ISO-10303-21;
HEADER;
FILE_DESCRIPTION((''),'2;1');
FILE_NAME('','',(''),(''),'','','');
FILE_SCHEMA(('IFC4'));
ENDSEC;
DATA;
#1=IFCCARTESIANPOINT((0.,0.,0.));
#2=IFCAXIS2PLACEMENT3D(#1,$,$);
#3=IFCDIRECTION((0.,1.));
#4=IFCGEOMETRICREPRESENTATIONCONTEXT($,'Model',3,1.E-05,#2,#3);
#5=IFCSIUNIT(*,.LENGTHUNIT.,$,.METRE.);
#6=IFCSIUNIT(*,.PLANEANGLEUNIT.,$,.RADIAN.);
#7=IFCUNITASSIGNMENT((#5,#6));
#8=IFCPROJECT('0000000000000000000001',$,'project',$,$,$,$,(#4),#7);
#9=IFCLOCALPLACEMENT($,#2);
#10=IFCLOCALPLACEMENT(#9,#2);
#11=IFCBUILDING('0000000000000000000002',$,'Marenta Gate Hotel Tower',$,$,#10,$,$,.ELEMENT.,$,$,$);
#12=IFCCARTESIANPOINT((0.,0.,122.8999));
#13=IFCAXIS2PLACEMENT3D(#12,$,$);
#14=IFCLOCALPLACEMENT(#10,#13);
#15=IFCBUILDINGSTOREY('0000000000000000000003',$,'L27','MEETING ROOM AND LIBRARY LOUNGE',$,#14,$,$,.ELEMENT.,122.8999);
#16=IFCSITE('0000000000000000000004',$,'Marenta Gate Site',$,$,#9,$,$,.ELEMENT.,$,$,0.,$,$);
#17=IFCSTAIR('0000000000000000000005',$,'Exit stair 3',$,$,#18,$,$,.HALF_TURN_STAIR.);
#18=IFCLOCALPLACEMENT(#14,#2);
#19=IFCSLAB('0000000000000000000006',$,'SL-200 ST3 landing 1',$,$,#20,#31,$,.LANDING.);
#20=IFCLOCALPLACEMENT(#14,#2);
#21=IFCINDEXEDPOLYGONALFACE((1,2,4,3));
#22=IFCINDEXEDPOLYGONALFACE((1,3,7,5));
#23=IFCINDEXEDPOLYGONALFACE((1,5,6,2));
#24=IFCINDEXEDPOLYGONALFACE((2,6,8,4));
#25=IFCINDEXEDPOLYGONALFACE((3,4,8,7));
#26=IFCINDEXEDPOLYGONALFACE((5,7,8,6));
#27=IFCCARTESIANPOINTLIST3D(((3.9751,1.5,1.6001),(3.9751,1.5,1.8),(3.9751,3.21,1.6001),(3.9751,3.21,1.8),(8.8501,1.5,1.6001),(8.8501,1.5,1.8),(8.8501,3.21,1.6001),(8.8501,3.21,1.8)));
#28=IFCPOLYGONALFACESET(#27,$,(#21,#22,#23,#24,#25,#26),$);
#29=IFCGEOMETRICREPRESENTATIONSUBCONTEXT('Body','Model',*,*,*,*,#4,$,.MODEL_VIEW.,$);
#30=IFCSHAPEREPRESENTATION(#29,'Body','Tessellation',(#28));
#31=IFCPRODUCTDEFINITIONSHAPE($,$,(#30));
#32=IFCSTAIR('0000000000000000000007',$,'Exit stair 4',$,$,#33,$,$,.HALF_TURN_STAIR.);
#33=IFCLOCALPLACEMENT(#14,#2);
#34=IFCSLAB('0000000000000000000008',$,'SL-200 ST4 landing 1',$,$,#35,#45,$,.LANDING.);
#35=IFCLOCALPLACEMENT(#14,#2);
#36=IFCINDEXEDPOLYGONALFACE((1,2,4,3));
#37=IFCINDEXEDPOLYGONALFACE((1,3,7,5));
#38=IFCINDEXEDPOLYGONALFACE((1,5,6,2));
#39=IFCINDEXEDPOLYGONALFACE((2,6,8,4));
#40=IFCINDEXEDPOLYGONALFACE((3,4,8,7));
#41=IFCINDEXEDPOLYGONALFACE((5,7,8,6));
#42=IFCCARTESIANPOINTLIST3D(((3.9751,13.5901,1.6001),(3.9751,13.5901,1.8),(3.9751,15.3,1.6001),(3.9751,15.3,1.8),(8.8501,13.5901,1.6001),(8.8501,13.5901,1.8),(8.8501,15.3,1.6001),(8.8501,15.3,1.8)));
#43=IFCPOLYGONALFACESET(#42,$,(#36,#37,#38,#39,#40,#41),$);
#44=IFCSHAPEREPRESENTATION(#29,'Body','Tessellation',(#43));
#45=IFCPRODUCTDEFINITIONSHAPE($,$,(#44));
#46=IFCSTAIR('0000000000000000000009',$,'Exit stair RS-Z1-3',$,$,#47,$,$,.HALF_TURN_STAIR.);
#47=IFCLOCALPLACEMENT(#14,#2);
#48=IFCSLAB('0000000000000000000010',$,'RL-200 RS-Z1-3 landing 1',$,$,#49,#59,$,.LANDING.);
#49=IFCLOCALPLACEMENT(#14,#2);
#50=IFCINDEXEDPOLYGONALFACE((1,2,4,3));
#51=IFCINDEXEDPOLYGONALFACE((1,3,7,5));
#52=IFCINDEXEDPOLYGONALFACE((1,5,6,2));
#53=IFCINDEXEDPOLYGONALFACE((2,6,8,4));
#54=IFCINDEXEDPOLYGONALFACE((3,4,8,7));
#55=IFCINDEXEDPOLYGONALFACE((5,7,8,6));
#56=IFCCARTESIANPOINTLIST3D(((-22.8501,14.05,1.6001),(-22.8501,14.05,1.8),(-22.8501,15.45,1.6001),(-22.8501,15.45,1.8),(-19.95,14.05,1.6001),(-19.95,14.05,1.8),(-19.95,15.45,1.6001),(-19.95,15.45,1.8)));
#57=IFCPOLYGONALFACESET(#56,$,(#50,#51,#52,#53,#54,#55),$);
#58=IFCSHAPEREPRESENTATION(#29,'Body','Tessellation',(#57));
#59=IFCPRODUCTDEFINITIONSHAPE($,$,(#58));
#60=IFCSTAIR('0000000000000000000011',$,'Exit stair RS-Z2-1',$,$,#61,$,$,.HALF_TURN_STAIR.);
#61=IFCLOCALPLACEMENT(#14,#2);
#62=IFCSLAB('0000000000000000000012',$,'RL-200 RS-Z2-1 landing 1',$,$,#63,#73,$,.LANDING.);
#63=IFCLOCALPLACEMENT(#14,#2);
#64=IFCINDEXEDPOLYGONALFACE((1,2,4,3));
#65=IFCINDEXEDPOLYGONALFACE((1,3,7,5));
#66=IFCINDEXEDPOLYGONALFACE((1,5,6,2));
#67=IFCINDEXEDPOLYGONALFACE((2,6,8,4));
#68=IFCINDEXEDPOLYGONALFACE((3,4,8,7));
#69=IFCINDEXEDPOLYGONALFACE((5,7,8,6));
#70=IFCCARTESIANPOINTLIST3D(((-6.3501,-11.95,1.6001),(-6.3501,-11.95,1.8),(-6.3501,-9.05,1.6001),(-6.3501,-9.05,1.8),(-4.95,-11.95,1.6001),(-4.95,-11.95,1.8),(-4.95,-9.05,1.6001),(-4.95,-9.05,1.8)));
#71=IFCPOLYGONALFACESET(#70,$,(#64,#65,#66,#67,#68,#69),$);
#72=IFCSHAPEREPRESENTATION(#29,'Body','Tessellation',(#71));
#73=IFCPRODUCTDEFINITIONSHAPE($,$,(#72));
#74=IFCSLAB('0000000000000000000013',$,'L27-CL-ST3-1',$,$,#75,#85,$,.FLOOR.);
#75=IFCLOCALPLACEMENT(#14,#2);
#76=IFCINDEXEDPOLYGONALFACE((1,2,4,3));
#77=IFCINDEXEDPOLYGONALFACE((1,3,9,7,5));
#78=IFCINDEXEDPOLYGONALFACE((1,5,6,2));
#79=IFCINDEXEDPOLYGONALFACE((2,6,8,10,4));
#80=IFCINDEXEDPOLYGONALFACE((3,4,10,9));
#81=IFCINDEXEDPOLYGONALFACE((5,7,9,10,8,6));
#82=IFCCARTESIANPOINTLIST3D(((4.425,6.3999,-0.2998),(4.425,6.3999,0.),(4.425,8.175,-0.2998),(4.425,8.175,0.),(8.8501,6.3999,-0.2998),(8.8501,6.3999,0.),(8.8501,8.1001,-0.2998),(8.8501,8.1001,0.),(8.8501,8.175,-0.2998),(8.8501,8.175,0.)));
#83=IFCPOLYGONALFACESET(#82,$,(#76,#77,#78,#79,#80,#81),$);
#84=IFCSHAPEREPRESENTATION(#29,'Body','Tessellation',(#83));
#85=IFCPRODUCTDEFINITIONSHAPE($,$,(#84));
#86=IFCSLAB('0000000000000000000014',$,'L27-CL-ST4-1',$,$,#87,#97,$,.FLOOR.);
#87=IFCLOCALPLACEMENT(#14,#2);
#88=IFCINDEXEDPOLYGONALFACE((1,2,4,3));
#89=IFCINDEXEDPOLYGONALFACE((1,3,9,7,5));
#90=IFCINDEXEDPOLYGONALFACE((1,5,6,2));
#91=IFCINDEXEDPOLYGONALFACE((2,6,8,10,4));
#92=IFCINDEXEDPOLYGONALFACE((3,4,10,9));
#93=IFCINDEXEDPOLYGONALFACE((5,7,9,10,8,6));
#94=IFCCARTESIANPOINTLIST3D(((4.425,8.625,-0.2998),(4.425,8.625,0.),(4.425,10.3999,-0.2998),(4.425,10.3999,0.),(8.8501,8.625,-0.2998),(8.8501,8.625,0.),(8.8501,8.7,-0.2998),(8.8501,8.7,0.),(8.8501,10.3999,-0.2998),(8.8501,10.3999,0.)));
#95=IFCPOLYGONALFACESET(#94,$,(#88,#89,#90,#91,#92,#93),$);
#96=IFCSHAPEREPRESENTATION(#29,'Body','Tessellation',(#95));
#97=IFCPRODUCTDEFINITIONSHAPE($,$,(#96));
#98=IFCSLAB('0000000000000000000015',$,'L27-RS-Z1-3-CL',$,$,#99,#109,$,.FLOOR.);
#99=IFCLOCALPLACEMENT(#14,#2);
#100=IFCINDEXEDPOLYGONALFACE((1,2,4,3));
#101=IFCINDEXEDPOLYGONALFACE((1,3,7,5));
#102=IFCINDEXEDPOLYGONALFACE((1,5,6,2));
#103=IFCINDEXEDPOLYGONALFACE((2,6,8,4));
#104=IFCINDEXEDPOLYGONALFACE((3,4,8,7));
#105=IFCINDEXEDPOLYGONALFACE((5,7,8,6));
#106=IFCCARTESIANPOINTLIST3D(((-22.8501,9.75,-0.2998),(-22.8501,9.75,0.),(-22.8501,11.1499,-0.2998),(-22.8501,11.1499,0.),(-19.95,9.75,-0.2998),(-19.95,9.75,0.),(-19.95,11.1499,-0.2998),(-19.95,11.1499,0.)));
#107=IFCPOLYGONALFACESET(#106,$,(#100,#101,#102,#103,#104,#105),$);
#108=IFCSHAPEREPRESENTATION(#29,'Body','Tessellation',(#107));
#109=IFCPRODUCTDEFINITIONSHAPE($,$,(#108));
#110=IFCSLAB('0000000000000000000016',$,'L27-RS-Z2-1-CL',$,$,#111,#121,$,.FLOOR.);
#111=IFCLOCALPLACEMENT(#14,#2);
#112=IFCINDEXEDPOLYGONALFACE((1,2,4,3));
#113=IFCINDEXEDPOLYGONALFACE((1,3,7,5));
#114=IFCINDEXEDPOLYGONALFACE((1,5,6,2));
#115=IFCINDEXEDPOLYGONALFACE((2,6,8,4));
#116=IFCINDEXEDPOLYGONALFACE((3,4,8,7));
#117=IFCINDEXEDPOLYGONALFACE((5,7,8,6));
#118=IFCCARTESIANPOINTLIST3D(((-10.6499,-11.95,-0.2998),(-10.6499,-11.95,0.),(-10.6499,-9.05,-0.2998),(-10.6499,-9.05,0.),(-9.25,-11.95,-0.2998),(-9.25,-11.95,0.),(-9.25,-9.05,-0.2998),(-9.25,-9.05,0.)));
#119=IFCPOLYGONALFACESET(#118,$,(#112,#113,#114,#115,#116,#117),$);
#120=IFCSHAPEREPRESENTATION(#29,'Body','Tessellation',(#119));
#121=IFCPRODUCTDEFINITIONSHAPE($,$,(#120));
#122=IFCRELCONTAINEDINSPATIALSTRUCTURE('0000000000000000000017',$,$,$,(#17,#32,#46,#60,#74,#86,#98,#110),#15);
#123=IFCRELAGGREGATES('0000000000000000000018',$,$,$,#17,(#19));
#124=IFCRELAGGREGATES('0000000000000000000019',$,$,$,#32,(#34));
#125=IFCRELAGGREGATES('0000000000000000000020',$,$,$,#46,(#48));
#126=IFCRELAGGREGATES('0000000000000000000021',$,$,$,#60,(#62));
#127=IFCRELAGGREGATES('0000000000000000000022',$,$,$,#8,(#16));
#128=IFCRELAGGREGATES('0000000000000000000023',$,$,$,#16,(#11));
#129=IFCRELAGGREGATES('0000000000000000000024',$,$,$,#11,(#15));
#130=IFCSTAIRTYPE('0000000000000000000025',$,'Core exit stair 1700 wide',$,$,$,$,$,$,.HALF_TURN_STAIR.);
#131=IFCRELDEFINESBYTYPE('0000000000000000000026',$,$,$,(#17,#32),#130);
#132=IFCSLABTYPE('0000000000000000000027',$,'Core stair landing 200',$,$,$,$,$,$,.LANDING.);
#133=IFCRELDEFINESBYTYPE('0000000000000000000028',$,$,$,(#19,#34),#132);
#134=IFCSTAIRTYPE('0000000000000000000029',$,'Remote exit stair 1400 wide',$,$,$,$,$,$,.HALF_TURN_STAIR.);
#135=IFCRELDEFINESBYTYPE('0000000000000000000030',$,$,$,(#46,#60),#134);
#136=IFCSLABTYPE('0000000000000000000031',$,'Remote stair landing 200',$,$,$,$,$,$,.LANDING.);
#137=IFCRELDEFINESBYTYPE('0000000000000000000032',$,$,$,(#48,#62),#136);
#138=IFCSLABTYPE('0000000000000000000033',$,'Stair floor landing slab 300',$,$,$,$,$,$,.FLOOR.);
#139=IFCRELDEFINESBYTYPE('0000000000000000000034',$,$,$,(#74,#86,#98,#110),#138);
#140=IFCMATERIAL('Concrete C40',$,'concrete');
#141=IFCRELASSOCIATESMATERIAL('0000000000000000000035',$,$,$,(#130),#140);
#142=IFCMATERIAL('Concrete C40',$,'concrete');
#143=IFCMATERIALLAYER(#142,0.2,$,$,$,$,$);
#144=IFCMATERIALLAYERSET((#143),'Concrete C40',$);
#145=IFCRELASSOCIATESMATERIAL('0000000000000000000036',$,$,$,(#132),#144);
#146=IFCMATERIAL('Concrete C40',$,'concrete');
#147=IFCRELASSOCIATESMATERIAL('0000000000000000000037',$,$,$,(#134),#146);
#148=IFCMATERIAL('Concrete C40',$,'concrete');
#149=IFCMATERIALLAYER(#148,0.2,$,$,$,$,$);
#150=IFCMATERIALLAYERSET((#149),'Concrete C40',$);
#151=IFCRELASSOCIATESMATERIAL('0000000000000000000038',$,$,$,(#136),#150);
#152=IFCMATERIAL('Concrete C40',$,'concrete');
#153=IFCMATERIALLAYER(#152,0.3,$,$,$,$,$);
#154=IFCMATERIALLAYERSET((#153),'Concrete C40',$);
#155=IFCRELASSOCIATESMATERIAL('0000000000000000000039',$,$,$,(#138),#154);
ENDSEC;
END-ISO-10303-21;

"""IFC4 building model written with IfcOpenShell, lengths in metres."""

from ifc_helpers import new_model, si_unit, direction, frame, origin, place, context, subcontext, project, spatial, polyline, outline, extrude, material, layer, layer_set, type_object, element, aggregate, save


model = new_model("IFC4")

# Units and contexts
model_context = context("Model", 3, precision=1e-05, world=origin(), true_north=direction((0.0, 1.0)))
body_context = subcontext(model_context, "Body", "Model", "MODEL_VIEW")
ifc_project = project(units=[si_unit("LENGTHUNIT", "METRE"), si_unit("PLANEANGLEUNIT", "RADIAN")], contexts=[model_context])

# Site, building, storey
site_placement = place(None, origin())
site = spatial("IfcSite", under=ifc_project, at=site_placement, Name="Marenta Gate Site", CompositionType="ELEMENT", RefElevation=0.0)
building_placement = place(site_placement, origin())
building = spatial("IfcBuilding", under=site, at=building_placement, Name="Marenta Gate Hotel Tower", CompositionType="ELEMENT")
storey_placement = place(building_placement, frame((0.0, 0.0, 122.8999)))
storey = spatial("IfcBuildingStorey", under=building, at=storey_placement, Name="L27", Description="MEETING ROOM AND LIBRARY LOUNGE", CompositionType="ELEMENT", Elevation=122.8999)

# Stairs, slabs
ifc_material_1 = material(Name="Concrete C40", Category="concrete")
stair_type_1 = type_object("IfcStairType", Name="Core exit stair 1700 wide", PredefinedType="HALF_TURN_STAIR", material=ifc_material_1)
ifc_material_2 = material(Name="Concrete C40", Category="concrete")
ifc_layer_1 = layer(ifc_material_2, 0.2)
ifc_layer_set_1 = layer_set([ifc_layer_1], Name="Concrete C40")
slab_type_1 = type_object("IfcSlabType", Name="Core stair landing 200", PredefinedType="LANDING", material=ifc_layer_set_1)
stair_1_placement = place(storey_placement, origin())
stair_1 = element("IfcStair", 1, at=stair_1_placement, inside=storey, type_object=stair_type_1, Name="Exit stair 3", PredefinedType="HALF_TURN_STAIR")
slab_1_placement = place(storey_placement, frame((0.0, 0.0, 1.6001)))
slab_1 = element("IfcSlab", 2, at=slab_1_placement, type_object=slab_type_1, Name="SL-200 ST3 landing 1", PredefinedType="LANDING", context=body_context, shape_type="SweptSolid", body=[
    extrude(outline(polyline([(3.9751, 1.5), (8.8501, 1.5), (8.8501, 3.21), (3.9751, 3.21), (3.9751, 1.5)])), origin(), (0.0, 0.0, 1.0), 0.2),
])
aggregate(stair_1, [slab_1])
stair_2_placement = place(storey_placement, origin())
stair_2 = element("IfcStair", 3, at=stair_2_placement, inside=storey, type_object=stair_type_1, Name="Exit stair 4", PredefinedType="HALF_TURN_STAIR")
slab_2_placement = place(storey_placement, frame((0.0, 0.0, 1.6001)))
slab_2 = element("IfcSlab", 4, at=slab_2_placement, type_object=slab_type_1, Name="SL-200 ST4 landing 1", PredefinedType="LANDING", context=body_context, shape_type="SweptSolid", body=[
    extrude(outline(polyline([(3.9751, 13.5901), (8.8501, 13.5901), (8.8501, 15.3), (3.9751, 15.3), (3.9751, 13.5901)])), origin(), (0.0, 0.0, 1.0), 0.2),
])
aggregate(stair_2, [slab_2])
ifc_material_3 = material(Name="Concrete C40", Category="concrete")
stair_type_2 = type_object("IfcStairType", Name="Remote exit stair 1400 wide", PredefinedType="HALF_TURN_STAIR", material=ifc_material_3)
stair_3_placement = place(storey_placement, origin())
stair_3 = element("IfcStair", 5, at=stair_3_placement, inside=storey, type_object=stair_type_2, Name="Exit stair RS-Z1-3", PredefinedType="HALF_TURN_STAIR")
ifc_material_4 = material(Name="Concrete C40", Category="concrete")
ifc_layer_2 = layer(ifc_material_4, 0.2)
ifc_layer_set_2 = layer_set([ifc_layer_2], Name="Concrete C40")
slab_type_2 = type_object("IfcSlabType", Name="Remote stair landing 200", PredefinedType="LANDING", material=ifc_layer_set_2)
slab_3_placement = place(storey_placement, frame((0.0, 0.0, 1.6001)))
slab_3 = element("IfcSlab", 6, at=slab_3_placement, type_object=slab_type_2, Name="RL-200 RS-Z1-3 landing 1", PredefinedType="LANDING", context=body_context, shape_type="SweptSolid", body=[
    extrude(outline(polyline([(-22.8501, 14.05), (-19.95, 14.05), (-19.95, 15.45), (-22.8501, 15.45), (-22.8501, 14.05)])), origin(), (0.0, 0.0, 1.0), 0.2),
])
aggregate(stair_3, [slab_3])
stair_4_placement = place(storey_placement, origin())
stair_4 = element("IfcStair", 7, at=stair_4_placement, inside=storey, type_object=stair_type_2, Name="Exit stair RS-Z2-1", PredefinedType="HALF_TURN_STAIR")
slab_4_placement = place(storey_placement, frame((0.0, 0.0, 1.6001)))
slab_4 = element("IfcSlab", 8, at=slab_4_placement, type_object=slab_type_2, Name="RL-200 RS-Z2-1 landing 1", PredefinedType="LANDING", context=body_context, shape_type="SweptSolid", body=[
    extrude(outline(polyline([(-6.3501, -11.95), (-4.95, -11.95), (-4.95, -9.05), (-6.3501, -9.05), (-6.3501, -11.95)])), origin(), (0.0, 0.0, 1.0), 0.2),
])
aggregate(stair_4, [slab_4])

# Slabs
ifc_material_5 = material(Name="Concrete C40", Category="concrete")
ifc_layer_3 = layer(ifc_material_5, 0.3)
ifc_layer_set_3 = layer_set([ifc_layer_3], Name="Concrete C40")
slab_type_3 = type_object("IfcSlabType", Name="Stair floor landing slab 300", PredefinedType="FLOOR", material=ifc_layer_set_3)
slab_5_placement = place(storey_placement, frame((0.0, 0.0, -0.2998)))
element("IfcSlab", 9, at=slab_5_placement, inside=storey, type_object=slab_type_3, Name="L27-CL-ST3-1", PredefinedType="FLOOR", context=body_context, shape_type="SweptSolid", body=[
    extrude(outline(polyline([(4.425, 6.3999), (4.425, 8.175), (8.8501, 8.175), (8.8501, 8.1001), (8.8501, 6.3999), (4.425, 6.3999)])), origin(), (0.0, 0.0, 1.0), 0.2998),
])
slab_6_placement = place(storey_placement, frame((0.0, 0.0, -0.2998)))
element("IfcSlab", 10, at=slab_6_placement, inside=storey, type_object=slab_type_3, Name="L27-CL-ST4-1", PredefinedType="FLOOR", context=body_context, shape_type="SweptSolid", body=[
    extrude(outline(polyline([(4.425, 8.625), (4.425, 10.3999), (8.8501, 10.3999), (8.8501, 8.7), (8.8501, 8.625), (4.425, 8.625)])), origin(), (0.0, 0.0, 1.0), 0.2998),
])
slab_7_placement = place(storey_placement, frame((0.0, 0.0, -0.2998)))
element("IfcSlab", 11, at=slab_7_placement, inside=storey, type_object=slab_type_3, Name="L27-RS-Z1-3-CL", PredefinedType="FLOOR", context=body_context, shape_type="SweptSolid", body=[
    extrude(outline(polyline([(-19.95, 9.75), (-19.95, 11.1499), (-22.8501, 11.1499), (-22.8501, 9.75), (-19.95, 9.75)])), origin(), (0.0, 0.0, 1.0), 0.2998),
])
slab_8_placement = place(storey_placement, frame((0.0, 0.0, -0.2998)))
element("IfcSlab", 12, at=slab_8_placement, inside=storey, type_object=slab_type_3, Name="L27-RS-Z2-1-CL", PredefinedType="FLOOR", context=body_context, shape_type="SweptSolid", body=[
    extrude(outline(polyline([(-9.25, -11.95), (-9.25, -9.05), (-10.6499, -9.05), (-10.6499, -11.95), (-9.25, -11.95)])), origin(), (0.0, 0.0, 1.0), 0.2998),
])

save(model, "model.ifc")
